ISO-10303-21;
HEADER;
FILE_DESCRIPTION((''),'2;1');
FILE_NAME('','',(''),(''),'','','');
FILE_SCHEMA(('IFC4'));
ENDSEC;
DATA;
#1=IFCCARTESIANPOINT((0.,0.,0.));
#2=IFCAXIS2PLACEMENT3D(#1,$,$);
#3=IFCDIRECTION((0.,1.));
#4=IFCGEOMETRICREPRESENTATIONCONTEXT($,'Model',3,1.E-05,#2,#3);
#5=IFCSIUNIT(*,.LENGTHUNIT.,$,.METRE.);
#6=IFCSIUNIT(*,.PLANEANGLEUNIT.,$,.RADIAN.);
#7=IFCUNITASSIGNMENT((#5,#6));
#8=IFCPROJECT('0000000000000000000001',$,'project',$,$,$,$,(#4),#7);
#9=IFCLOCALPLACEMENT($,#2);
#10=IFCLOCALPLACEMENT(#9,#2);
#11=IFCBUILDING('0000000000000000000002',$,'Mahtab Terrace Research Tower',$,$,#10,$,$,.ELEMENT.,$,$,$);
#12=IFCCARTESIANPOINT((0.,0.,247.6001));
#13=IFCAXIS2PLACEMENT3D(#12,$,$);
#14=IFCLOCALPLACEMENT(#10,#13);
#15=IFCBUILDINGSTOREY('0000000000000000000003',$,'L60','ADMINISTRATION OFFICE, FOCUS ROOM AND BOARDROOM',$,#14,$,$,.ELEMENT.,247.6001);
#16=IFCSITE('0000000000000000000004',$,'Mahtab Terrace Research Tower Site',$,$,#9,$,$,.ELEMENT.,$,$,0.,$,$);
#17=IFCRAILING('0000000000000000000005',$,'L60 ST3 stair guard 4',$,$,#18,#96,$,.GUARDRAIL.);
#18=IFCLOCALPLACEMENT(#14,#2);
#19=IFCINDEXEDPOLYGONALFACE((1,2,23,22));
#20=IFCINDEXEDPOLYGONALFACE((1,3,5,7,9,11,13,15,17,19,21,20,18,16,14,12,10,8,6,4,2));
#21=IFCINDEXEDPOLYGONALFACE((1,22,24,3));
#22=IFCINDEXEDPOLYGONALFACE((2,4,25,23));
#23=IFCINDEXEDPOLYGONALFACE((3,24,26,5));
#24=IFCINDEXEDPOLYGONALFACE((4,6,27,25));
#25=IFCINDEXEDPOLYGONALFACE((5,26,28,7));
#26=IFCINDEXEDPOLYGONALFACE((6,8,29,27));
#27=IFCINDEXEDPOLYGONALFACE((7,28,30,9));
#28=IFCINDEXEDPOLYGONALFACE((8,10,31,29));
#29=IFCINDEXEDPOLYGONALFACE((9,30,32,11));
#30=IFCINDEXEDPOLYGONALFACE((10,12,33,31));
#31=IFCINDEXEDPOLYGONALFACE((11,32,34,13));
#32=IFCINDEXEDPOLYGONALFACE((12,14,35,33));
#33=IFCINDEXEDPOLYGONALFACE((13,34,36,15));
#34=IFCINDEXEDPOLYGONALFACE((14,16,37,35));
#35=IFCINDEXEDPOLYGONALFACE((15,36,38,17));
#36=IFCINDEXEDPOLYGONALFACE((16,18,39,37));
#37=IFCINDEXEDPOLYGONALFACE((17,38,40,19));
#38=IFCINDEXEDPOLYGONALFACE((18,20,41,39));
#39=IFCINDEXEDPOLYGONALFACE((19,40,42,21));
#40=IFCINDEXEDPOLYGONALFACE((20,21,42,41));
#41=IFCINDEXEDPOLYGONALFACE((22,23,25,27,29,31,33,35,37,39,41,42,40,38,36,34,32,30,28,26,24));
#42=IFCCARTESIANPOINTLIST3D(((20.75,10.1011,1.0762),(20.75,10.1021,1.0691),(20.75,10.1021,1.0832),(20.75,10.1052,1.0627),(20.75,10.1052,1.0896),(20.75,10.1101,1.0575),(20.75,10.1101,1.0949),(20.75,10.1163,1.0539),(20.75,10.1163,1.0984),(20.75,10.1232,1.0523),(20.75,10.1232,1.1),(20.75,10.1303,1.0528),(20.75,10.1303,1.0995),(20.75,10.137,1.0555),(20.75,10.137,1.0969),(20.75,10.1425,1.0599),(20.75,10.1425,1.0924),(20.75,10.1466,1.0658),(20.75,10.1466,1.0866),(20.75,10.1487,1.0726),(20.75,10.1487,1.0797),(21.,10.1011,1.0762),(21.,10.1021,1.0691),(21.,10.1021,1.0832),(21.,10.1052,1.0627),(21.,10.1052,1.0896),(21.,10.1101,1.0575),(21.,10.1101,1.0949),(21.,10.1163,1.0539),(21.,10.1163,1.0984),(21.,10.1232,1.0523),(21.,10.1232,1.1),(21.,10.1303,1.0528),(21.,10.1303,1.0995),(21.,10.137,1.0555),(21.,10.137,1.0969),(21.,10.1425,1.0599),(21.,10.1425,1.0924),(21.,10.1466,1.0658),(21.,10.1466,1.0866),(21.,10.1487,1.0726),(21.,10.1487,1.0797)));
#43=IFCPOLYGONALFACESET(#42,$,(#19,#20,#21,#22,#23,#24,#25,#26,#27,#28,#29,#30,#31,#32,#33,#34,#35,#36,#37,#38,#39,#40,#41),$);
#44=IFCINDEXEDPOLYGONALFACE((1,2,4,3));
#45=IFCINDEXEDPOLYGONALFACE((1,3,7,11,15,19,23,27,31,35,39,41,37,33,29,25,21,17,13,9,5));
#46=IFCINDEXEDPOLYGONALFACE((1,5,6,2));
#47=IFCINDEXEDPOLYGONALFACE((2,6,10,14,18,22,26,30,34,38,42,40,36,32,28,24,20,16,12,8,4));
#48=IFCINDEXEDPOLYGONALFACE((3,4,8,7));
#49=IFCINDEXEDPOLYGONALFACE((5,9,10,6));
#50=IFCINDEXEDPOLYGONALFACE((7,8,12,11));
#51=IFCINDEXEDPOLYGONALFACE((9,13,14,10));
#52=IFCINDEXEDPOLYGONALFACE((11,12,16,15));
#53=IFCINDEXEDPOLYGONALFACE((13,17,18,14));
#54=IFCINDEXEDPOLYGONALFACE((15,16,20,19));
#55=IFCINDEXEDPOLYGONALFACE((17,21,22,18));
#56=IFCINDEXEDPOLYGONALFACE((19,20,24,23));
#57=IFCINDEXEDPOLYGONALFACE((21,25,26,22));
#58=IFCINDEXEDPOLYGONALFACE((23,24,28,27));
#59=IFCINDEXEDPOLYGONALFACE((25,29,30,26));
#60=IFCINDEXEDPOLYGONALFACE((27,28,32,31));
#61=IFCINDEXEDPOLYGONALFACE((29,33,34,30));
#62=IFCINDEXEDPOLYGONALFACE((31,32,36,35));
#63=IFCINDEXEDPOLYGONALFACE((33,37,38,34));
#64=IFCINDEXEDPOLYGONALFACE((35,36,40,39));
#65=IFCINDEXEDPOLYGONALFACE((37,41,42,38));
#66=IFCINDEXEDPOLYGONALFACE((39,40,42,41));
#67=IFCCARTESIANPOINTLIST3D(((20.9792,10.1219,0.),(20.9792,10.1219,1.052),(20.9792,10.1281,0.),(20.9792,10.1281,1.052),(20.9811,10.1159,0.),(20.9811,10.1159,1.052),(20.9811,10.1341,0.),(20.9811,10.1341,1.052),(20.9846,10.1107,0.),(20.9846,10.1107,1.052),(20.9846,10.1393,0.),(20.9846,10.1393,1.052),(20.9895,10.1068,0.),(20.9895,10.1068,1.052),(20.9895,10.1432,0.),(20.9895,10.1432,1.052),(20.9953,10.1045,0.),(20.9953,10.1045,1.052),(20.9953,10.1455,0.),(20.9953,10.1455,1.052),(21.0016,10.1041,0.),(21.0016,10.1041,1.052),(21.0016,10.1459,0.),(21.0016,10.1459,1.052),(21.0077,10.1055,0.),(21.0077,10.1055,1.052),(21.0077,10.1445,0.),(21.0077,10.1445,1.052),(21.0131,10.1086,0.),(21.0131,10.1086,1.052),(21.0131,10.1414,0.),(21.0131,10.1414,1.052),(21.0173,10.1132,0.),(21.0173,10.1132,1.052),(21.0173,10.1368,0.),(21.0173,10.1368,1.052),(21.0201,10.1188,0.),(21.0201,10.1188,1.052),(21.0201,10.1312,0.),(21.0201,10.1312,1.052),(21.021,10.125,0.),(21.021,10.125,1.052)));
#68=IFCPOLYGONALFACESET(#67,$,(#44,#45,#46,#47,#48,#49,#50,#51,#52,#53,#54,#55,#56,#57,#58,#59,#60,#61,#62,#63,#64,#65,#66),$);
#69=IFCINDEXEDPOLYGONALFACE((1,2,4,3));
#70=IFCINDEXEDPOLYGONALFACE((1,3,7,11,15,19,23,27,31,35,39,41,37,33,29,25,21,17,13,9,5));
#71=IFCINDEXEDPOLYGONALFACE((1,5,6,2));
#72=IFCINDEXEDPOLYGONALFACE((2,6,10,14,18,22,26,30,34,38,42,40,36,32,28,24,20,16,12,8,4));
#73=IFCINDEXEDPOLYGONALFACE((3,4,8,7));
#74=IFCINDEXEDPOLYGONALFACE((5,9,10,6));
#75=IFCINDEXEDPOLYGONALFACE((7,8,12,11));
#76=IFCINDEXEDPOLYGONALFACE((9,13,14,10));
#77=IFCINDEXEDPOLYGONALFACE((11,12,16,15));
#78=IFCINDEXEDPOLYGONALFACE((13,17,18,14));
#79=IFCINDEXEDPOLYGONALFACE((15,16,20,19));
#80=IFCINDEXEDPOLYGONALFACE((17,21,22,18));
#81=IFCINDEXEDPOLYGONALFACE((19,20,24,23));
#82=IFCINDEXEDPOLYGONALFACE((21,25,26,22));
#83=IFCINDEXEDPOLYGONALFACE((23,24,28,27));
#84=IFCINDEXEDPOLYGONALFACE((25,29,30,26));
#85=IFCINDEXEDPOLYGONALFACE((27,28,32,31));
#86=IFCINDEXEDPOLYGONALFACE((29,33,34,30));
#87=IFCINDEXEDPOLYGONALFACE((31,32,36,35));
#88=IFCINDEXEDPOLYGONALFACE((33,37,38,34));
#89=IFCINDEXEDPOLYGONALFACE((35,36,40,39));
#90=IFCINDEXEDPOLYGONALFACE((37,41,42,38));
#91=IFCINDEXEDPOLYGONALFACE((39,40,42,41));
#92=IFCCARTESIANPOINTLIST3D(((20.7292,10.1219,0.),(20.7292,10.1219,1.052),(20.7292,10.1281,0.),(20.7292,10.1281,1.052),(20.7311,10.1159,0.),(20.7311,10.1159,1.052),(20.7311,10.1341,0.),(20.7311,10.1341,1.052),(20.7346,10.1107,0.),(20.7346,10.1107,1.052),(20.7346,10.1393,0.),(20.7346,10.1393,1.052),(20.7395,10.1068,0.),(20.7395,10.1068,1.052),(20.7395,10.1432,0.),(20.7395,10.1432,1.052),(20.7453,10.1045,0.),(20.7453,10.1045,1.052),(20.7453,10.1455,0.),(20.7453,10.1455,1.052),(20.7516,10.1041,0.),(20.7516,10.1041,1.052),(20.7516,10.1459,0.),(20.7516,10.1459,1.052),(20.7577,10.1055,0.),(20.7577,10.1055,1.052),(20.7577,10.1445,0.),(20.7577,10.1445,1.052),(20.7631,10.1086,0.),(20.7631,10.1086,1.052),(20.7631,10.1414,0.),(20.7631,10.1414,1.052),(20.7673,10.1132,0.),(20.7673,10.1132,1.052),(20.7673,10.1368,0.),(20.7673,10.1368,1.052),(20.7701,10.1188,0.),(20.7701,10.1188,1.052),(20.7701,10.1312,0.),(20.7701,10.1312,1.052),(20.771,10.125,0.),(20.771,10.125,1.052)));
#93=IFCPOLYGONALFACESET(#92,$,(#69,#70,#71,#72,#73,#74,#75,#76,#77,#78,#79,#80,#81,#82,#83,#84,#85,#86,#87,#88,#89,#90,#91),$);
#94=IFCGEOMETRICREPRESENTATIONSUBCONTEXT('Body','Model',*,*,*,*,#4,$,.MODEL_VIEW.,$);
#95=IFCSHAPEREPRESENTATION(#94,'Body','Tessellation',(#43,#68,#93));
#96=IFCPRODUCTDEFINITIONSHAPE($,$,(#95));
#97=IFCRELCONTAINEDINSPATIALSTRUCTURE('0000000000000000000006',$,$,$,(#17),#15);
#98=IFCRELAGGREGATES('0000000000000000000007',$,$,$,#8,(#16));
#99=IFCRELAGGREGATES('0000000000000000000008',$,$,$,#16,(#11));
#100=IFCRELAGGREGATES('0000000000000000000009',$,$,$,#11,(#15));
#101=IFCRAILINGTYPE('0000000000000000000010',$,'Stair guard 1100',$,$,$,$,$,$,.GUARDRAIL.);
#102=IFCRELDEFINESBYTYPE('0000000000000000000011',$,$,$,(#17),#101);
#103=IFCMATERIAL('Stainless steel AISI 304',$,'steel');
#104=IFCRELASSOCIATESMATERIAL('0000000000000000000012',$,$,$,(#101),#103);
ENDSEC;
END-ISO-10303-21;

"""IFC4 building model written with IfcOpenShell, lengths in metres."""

from ifc_helpers import new_model, si_unit, direction, frame, origin, origin_2d, place, context, subcontext, project, spatial, circle, extrude, material, type_object, element, save


model = new_model("IFC4")

# Units and contexts
model_context = context("Model", 3, precision=1e-05, world=origin(), true_north=direction((0.0, 1.0)))
body_context = subcontext(model_context, "Body", "Model", "MODEL_VIEW")
ifc_project = project(units=[si_unit("LENGTHUNIT", "METRE"), si_unit("PLANEANGLEUNIT", "RADIAN")], contexts=[model_context])

# Site, building, storey
site_placement = place(None, origin())
site = spatial("IfcSite", under=ifc_project, at=site_placement, Name="Mahtab Terrace Research Tower Site", CompositionType="ELEMENT", RefElevation=0.0)
building_placement = place(site_placement, origin())
building = spatial("IfcBuilding", under=site, at=building_placement, Name="Mahtab Terrace Research Tower", CompositionType="ELEMENT")
storey_placement = place(building_placement, frame((0.0, 0.0, 247.6001)))
storey = spatial("IfcBuildingStorey", under=building, at=storey_placement, Name="L60", Description="ADMINISTRATION OFFICE, FOCUS ROOM AND BOARDROOM", CompositionType="ELEMENT", Elevation=247.6001)

# Railing
ifc_material_1 = material(Name="Stainless steel AISI 304", Category="steel")
railing_type_1 = type_object("IfcRailingType", Name="Stair guard 1100", PredefinedType="GUARDRAIL", material=ifc_material_1)
railing_1_placement = place(storey_placement, frame((21.0, 10.125, 0.0)))
element("IfcRailing", 1, at=railing_1_placement, inside=storey, type_object=railing_type_1, Name="L60 ST3 stair guard 4", PredefinedType="GUARDRAIL", context=body_context, shape_type="SweptSolid", body=[
    extrude(circle(Radius=0.0239, at=origin_2d()), frame((0.0, 0.0, 1.0762), z_axis=(-1.0, 0.0, 0.0), x_axis=(0.0, -1.0, 0.0)), (0.0, 0.0, 1.0), 0.25),
    extrude(circle(Radius=0.021, at=origin_2d()), origin(), (0.0, 0.0, 1.0), 1.052),
    extrude(circle(Radius=0.021, at=origin_2d()), frame((-0.25, 0.0, 0.0)), (0.0, 0.0, 1.0), 1.052),
])

save(model, "model.ifc")
